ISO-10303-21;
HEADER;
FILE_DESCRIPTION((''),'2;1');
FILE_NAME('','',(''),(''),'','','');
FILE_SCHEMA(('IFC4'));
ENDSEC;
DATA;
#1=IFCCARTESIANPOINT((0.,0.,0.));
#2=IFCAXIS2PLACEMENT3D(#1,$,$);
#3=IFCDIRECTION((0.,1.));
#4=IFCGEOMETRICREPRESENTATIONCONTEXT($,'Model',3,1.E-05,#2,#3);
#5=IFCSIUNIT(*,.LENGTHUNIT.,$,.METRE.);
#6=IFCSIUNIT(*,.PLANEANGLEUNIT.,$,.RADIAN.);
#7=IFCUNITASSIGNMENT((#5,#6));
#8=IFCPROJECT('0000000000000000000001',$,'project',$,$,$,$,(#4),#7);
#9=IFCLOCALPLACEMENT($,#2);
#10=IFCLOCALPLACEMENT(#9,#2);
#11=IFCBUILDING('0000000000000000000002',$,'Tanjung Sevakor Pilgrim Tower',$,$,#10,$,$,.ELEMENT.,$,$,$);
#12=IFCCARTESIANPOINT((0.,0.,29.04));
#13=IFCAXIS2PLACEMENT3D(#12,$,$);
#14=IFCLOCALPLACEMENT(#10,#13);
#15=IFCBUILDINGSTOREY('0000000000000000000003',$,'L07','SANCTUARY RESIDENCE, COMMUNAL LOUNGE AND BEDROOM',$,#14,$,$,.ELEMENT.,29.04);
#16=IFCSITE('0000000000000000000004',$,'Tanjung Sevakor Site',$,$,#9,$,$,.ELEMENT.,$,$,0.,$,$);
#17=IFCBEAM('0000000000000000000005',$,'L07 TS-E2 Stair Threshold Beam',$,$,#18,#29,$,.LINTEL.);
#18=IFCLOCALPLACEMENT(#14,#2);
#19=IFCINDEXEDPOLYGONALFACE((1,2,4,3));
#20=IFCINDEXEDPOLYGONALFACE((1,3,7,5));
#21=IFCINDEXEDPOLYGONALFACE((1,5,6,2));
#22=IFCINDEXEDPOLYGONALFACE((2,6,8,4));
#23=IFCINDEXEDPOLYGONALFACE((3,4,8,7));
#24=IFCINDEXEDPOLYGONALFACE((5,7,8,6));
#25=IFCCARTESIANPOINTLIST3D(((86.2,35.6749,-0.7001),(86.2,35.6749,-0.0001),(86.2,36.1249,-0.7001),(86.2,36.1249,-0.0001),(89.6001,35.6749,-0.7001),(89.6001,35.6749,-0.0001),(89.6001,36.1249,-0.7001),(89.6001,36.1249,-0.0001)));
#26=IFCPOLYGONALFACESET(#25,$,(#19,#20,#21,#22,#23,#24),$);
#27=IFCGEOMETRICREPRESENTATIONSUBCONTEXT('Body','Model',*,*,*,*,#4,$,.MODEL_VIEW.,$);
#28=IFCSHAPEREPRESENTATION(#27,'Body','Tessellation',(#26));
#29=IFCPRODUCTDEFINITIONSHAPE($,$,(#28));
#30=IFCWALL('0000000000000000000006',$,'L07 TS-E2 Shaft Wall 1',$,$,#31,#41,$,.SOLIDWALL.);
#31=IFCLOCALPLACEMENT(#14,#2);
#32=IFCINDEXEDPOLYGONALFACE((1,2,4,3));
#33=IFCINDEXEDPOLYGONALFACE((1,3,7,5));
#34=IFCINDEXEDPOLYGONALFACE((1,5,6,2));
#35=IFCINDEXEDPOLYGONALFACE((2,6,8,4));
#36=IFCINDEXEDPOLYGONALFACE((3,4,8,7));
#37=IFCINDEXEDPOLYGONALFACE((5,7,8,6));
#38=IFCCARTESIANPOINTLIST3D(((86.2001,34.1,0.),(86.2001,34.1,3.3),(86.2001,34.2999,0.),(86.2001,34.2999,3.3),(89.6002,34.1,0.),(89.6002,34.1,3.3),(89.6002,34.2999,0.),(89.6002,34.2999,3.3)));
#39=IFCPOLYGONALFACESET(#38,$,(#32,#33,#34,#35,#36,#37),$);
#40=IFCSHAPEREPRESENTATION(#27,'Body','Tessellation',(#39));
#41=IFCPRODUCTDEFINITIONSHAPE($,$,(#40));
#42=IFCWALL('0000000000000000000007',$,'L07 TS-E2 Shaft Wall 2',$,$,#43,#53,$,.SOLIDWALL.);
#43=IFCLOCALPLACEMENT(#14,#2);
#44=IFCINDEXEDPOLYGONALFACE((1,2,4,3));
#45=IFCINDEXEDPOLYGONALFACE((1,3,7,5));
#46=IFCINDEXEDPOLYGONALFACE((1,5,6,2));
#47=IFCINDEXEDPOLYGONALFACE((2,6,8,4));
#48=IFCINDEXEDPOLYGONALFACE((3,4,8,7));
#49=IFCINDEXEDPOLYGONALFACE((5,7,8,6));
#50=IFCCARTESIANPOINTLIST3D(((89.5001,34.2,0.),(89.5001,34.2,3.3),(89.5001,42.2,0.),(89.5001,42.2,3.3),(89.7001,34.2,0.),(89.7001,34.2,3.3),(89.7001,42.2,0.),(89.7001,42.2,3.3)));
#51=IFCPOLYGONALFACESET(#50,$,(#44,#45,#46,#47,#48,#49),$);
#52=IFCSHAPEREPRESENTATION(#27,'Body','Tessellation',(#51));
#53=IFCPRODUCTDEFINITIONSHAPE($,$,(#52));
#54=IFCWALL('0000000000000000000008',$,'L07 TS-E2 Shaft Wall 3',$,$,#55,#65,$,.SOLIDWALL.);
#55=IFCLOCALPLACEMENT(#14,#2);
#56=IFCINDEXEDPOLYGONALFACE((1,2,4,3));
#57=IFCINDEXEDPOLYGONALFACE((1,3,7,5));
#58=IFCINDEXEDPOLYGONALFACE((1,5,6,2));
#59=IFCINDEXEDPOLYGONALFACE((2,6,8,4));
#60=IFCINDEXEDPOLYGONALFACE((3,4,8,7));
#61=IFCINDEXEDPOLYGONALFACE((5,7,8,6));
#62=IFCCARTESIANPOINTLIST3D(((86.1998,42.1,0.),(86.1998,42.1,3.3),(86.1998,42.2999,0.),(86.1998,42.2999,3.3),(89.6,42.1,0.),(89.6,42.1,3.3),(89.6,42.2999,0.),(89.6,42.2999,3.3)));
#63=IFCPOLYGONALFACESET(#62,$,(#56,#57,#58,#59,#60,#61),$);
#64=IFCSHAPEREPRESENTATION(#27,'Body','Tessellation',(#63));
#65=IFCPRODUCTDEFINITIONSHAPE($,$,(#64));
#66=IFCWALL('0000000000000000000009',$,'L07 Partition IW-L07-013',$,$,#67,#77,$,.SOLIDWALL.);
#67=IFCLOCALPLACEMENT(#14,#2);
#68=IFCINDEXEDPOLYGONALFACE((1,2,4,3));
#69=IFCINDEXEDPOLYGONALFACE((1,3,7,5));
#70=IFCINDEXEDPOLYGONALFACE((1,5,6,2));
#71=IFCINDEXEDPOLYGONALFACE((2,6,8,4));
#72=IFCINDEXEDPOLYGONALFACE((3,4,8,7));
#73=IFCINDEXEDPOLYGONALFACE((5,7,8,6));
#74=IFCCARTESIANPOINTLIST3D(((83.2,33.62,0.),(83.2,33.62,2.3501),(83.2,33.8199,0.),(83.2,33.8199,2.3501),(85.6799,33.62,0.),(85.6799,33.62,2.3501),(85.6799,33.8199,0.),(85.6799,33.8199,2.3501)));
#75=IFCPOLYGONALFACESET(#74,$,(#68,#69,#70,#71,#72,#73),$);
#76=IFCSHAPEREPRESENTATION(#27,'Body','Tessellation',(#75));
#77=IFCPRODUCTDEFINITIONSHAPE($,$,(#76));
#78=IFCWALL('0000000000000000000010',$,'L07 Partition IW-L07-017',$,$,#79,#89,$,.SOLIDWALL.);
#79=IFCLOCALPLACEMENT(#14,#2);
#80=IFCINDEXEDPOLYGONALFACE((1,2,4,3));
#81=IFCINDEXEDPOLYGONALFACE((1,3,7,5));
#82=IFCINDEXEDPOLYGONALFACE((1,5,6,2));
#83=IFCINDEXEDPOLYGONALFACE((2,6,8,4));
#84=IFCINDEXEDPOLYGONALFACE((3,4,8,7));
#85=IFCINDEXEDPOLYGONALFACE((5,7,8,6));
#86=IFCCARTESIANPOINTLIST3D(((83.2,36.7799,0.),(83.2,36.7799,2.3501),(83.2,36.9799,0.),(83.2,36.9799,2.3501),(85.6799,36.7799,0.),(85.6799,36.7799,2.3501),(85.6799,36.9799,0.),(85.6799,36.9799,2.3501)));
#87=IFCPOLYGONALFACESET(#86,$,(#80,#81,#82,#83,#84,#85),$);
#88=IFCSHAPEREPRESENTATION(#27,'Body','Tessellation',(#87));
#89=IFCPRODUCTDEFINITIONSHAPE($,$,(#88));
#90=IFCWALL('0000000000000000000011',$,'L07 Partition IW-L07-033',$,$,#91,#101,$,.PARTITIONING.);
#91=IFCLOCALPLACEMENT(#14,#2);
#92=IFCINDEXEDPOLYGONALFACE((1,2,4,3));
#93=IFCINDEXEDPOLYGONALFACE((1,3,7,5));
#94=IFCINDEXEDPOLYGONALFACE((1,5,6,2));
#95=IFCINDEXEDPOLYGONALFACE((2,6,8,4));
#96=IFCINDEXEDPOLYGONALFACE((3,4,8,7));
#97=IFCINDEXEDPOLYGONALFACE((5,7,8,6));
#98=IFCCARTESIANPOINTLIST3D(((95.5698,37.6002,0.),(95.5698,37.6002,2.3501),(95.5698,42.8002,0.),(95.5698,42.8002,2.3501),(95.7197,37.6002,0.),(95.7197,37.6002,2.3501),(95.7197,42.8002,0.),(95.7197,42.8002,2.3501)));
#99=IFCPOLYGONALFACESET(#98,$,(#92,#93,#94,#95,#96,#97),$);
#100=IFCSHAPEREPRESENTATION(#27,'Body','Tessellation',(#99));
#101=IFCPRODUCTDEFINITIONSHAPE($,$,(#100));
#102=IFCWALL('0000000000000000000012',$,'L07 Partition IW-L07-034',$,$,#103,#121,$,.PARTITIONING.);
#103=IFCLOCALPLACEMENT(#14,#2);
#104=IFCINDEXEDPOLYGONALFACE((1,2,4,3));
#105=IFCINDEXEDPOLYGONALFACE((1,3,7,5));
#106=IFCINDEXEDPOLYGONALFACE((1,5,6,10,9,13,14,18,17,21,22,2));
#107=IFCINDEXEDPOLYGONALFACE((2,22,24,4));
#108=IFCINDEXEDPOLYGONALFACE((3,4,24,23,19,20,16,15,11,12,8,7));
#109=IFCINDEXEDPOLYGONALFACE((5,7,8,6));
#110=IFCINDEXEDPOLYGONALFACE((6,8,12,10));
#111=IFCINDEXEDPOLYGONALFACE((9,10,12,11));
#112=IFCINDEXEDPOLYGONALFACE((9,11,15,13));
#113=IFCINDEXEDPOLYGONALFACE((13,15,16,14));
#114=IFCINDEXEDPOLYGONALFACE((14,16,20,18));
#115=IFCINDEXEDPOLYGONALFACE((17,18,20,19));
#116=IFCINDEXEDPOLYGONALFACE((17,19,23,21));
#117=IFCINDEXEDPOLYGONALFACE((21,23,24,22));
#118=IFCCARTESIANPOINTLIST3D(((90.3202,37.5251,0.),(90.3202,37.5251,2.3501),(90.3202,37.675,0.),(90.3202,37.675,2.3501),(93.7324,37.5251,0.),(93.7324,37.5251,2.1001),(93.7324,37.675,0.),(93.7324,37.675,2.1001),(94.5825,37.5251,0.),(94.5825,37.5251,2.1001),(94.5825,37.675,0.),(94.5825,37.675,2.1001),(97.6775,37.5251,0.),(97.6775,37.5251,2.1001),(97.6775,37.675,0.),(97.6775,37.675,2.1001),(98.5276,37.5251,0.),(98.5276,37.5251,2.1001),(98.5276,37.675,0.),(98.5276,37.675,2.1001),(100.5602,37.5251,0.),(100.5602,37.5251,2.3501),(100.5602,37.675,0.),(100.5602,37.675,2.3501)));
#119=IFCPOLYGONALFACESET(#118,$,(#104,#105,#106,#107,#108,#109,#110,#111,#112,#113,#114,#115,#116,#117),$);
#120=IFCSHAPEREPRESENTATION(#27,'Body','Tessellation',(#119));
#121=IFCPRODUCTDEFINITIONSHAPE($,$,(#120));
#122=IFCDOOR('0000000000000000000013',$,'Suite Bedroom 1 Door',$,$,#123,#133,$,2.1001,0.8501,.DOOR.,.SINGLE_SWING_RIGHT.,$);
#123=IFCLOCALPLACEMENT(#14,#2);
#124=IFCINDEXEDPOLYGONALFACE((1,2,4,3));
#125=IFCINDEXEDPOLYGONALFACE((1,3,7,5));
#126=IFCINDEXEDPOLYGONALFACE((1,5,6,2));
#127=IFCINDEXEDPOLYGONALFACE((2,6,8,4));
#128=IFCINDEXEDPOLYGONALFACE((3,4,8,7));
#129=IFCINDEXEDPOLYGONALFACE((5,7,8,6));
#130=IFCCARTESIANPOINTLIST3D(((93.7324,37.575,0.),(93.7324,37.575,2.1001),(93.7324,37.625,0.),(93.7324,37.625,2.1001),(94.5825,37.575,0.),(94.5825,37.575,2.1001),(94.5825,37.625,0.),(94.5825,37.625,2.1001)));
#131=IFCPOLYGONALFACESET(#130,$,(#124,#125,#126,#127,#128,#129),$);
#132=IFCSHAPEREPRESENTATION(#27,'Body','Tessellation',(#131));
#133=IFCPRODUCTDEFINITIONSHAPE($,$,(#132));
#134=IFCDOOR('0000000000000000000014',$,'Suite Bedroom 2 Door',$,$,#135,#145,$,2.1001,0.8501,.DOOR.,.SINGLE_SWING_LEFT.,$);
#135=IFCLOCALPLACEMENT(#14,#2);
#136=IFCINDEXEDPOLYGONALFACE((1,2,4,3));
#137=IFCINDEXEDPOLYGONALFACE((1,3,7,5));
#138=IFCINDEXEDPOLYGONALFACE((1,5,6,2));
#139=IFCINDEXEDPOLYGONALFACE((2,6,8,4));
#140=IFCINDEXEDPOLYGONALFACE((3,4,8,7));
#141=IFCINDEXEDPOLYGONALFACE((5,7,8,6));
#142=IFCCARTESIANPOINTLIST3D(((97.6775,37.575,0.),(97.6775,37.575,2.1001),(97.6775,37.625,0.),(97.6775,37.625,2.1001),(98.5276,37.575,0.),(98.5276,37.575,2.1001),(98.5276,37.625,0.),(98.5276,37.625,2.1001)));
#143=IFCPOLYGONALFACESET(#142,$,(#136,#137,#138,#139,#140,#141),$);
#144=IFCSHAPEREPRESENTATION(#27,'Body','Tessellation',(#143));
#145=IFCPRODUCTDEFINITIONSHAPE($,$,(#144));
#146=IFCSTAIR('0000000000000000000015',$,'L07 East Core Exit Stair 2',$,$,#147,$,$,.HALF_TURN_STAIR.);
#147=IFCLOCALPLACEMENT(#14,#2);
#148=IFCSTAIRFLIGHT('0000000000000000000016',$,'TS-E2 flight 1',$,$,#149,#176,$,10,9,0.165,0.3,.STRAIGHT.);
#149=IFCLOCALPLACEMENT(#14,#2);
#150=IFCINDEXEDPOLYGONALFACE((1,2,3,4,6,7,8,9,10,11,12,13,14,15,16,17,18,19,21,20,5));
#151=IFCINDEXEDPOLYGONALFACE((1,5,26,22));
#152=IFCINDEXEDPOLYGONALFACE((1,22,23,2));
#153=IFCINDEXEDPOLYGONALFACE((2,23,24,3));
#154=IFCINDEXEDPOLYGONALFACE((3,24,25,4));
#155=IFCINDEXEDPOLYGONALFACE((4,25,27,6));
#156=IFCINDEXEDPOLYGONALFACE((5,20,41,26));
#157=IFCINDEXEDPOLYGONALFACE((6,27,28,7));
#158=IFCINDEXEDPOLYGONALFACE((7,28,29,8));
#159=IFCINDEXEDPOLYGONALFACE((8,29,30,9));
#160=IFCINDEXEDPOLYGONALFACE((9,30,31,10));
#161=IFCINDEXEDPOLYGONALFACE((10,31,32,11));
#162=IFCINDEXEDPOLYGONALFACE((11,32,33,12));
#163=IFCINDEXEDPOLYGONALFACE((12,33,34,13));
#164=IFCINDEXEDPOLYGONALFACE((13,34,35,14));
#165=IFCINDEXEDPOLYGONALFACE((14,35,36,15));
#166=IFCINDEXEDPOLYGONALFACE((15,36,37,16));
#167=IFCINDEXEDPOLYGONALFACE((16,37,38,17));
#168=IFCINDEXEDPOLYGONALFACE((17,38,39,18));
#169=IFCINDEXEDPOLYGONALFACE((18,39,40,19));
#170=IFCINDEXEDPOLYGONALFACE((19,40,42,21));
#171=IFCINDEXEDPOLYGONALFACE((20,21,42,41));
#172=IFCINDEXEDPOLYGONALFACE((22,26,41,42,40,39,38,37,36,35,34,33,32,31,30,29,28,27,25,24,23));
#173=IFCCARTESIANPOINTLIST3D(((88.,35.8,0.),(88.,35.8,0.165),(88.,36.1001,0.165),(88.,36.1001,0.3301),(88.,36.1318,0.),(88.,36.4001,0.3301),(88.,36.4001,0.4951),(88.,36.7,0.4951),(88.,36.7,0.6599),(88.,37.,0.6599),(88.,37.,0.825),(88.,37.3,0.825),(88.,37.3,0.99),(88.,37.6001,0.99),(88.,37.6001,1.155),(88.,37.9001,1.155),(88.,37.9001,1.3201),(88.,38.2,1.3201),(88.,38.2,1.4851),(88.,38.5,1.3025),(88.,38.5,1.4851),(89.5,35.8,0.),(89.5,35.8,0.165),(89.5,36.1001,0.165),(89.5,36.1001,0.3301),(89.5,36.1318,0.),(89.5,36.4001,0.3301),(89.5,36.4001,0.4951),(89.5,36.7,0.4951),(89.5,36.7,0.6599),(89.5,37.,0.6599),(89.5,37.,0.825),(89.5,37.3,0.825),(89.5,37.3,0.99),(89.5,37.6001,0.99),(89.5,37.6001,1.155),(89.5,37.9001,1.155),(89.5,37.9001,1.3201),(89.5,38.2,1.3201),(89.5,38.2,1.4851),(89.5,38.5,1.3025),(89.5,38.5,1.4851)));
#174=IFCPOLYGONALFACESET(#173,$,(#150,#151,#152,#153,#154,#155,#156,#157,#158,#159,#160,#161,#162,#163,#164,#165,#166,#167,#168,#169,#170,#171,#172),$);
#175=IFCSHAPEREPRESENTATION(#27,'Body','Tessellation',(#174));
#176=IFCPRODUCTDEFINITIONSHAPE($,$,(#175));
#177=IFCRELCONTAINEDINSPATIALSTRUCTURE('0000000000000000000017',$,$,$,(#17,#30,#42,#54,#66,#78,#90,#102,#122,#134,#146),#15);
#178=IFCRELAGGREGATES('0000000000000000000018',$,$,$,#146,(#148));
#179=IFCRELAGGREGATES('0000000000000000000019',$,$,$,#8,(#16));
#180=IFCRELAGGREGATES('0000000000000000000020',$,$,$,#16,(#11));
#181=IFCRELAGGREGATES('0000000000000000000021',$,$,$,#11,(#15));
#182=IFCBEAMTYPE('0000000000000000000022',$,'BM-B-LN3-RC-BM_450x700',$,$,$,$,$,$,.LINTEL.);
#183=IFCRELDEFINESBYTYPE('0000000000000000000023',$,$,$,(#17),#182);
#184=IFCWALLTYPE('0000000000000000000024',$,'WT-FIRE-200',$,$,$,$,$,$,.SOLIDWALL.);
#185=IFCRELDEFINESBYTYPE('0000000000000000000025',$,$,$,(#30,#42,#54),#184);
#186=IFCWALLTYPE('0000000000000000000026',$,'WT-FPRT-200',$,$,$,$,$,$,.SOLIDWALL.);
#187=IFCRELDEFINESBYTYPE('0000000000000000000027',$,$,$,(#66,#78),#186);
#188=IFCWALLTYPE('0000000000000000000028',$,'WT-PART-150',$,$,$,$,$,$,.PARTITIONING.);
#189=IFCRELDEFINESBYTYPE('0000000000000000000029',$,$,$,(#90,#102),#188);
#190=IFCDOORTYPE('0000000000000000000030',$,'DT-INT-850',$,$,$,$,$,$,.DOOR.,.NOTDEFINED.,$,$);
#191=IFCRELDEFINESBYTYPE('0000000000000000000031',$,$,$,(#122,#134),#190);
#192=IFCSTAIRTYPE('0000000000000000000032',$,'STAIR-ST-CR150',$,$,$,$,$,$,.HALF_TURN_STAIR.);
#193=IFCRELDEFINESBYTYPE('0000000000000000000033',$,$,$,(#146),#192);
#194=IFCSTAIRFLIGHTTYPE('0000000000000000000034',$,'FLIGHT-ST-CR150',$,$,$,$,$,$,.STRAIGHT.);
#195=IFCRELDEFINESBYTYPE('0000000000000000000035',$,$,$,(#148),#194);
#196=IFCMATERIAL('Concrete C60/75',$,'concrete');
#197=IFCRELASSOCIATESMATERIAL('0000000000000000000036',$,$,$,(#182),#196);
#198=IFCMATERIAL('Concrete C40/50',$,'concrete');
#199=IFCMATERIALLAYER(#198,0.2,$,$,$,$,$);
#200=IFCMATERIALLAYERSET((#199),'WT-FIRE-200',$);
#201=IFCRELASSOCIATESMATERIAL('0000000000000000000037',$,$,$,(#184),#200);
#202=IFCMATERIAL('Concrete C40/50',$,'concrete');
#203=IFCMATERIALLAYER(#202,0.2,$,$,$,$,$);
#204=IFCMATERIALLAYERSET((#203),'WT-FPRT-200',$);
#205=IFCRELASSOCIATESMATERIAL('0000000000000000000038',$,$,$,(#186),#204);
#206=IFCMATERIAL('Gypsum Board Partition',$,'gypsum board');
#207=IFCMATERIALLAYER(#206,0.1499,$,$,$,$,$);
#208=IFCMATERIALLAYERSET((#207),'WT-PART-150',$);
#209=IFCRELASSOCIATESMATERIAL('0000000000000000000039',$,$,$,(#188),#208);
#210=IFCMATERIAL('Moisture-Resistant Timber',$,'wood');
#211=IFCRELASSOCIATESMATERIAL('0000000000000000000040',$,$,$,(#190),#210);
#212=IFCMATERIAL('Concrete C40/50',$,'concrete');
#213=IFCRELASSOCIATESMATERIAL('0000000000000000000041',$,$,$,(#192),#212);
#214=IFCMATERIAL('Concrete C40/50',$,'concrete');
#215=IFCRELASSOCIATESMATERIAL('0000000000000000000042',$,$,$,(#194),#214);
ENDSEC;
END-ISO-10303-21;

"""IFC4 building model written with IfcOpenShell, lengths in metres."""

from ifc_helpers import new_model, si_unit, direction, frame, frame_2d, origin, origin_2d, place, context, subcontext, project, spatial, polyline, rectangle, outline, extrude, material, layer, layer_set, material_profile, profile_set, type_object, element, fill, aggregate, save


model = new_model("IFC4")

# Units and contexts
model_context = context("Model", 3, precision=1e-05, world=origin(), true_north=direction((0.0, 1.0)))
body_context = subcontext(model_context, "Body", "Model", "MODEL_VIEW")
ifc_project = project(units=[si_unit("LENGTHUNIT", "METRE"), si_unit("PLANEANGLEUNIT", "RADIAN")], contexts=[model_context])

# Site, building, storey
site_placement = place(None, origin())
site = spatial("IfcSite", under=ifc_project, at=site_placement, Name="Tanjung Sevakor Site", CompositionType="ELEMENT", RefElevation=0.0)
building_placement = place(site_placement, origin())
building = spatial("IfcBuilding", under=site, at=building_placement, Name="Tanjung Sevakor Pilgrim Tower", CompositionType="ELEMENT")
storey_placement = place(building_placement, frame((0.0, 0.0, 29.04)))
storey = spatial("IfcBuildingStorey", under=building, at=storey_placement, Name="L07", Description="SANCTUARY RESIDENCE, COMMUNAL LOUNGE AND BEDROOM", CompositionType="ELEMENT", Elevation=29.04)

# Beam
ifc_material_1 = material(Name="Concrete C60/75", Category="concrete")
ifc_material_profile = material_profile(ifc_material_1, rectangle(XDim=0.45, YDim=0.7, at=origin_2d()))
ifc_profile_set = profile_set([ifc_material_profile], Name="Concrete C60/75")
beam_type = type_object("IfcBeamType", Name="BM-B-LN3-RC-BM_450x700", PredefinedType="LINTEL", material=ifc_profile_set)
beam_placement = place(storey_placement, frame((86.2, 35.8999, -0.3501), z_axis=(1.0, 0.0, 0.0), x_axis=(0.0, 1.0, 0.0)))
element("IfcBeam", 1, at=beam_placement, inside=storey, type_object=beam_type, Name="L07 TS-E2 Stair Threshold Beam", PredefinedType="LINTEL", context=body_context, shape_type="SweptSolid", body=[
    extrude(rectangle(XDim=0.45, YDim=0.7, at=origin_2d()), origin(), (0.0, 0.0, 1.0), 3.4001),
])

# Walls
ifc_material_2 = material(Name="Concrete C40/50", Category="concrete")
ifc_layer_1 = layer(ifc_material_2, 0.2)
ifc_layer_set_1 = layer_set([ifc_layer_1], Name="WT-FIRE-200")
wall_type_1 = type_object("IfcWallType", Name="WT-FIRE-200", PredefinedType="SOLIDWALL", material=ifc_layer_set_1)
wall_1_placement = place(storey_placement, frame((86.2, 34.2, 0.0), z_axis=(0.0, 0.0, 1.0), x_axis=(1.0, 0.0, 0.0)))
element("IfcWall", 2, at=wall_1_placement, inside=storey, type_object=wall_type_1, Name="L07 TS-E2 Shaft Wall 1", PredefinedType="SOLIDWALL", context=body_context, shape_type="SweptSolid", body=[
    extrude(rectangle(XDim=3.4001, YDim=0.2, at=frame_2d((1.7002, 0.0))), origin(), (0.0, 0.0, 1.0), 3.3),
])
wall_2_placement = place(storey_placement, frame((89.6001, 34.2, 0.0), z_axis=(0.0, 0.0, 1.0), x_axis=(0.0, 1.0, 0.0)))
element("IfcWall", 3, at=wall_2_placement, inside=storey, type_object=wall_type_1, Name="L07 TS-E2 Shaft Wall 2", PredefinedType="SOLIDWALL", context=body_context, shape_type="SweptSolid", body=[
    extrude(rectangle(XDim=8.0, YDim=0.2, at=frame_2d((4.0, 0.0))), origin(), (0.0, 0.0, 1.0), 3.3),
])
wall_3_placement = place(storey_placement, frame((89.6001, 42.2, 0.0), z_axis=(0.0, 0.0, 1.0), x_axis=(-1.0, 0.0, 0.0)))
element("IfcWall", 4, at=wall_3_placement, inside=storey, type_object=wall_type_1, Name="L07 TS-E2 Shaft Wall 3", PredefinedType="SOLIDWALL", context=body_context, shape_type="SweptSolid", body=[
    extrude(rectangle(XDim=3.4001, YDim=0.2, at=frame_2d((1.7002, 0.0))), origin(), (0.0, 0.0, 1.0), 3.3),
])
ifc_material_3 = material(Name="Concrete C40/50", Category="concrete")
ifc_layer_2 = layer(ifc_material_3, 0.2)
ifc_layer_set_2 = layer_set([ifc_layer_2], Name="WT-FPRT-200")
wall_type_2 = type_object("IfcWallType", Name="WT-FPRT-200", PredefinedType="SOLIDWALL", material=ifc_layer_set_2)
for number, where, z_axis, x_axis, name in (
    (5, (83.2, 33.72, 0.0), (0.0, 0.0, 1.0), (1.0, 0.0, 0.0), "L07 Partition IW-L07-013"),
    (6, (83.2, 36.8799, 0.0), (0.0, 0.0, 1.0), (1.0, 0.0, 0.0), "L07 Partition IW-L07-017"),
):
    element("IfcWall", number, at=place(storey_placement, frame(where, z_axis=z_axis, x_axis=x_axis)), inside=storey, type_object=wall_type_2, Name=name, PredefinedType="SOLIDWALL", context=body_context, shape_type="SweptSolid", body=[
        extrude(rectangle(XDim=2.48, YDim=0.2, at=frame_2d((1.24, 0.0))), origin(), (0.0, 0.0, 1.0), 2.3501),
    ])
ifc_material_4 = material(Name="Gypsum Board Partition", Category="gypsum board")
ifc_layer_3 = layer(ifc_material_4, 0.1499)
ifc_layer_set_3 = layer_set([ifc_layer_3], Name="WT-PART-150")
wall_type_3 = type_object("IfcWallType", Name="WT-PART-150", PredefinedType="PARTITIONING", material=ifc_layer_set_3)
wall_4_placement = place(storey_placement, frame((95.6448, 37.6001, 0.0), z_axis=(0.0, 0.0, 1.0), x_axis=(0.0, 1.0, 0.0)))
element("IfcWall", 7, at=wall_4_placement, inside=storey, type_object=wall_type_3, Name="L07 Partition IW-L07-033", PredefinedType="PARTITIONING", context=body_context, shape_type="SweptSolid", body=[
    extrude(rectangle(XDim=5.2, YDim=0.1499, at=frame_2d((2.6001, 0.0))), origin(), (0.0, 0.0, 1.0), 2.3501),
])

# Wall, openings, doors
wall_5_placement = place(storey_placement, frame((90.3201, 37.6001, 0.0), z_axis=(0.0, 0.0, 1.0), x_axis=(1.0, 0.0, 0.0)))
wall_5 = element("IfcWall", 8, at=wall_5_placement, inside=storey, type_object=wall_type_3, Name="L07 Partition IW-L07-034", PredefinedType="PARTITIONING", context=body_context, shape_type="SweptSolid", body=[
    extrude(rectangle(XDim=10.24, YDim=0.1499, at=frame_2d((5.1201, 0.0))), origin(), (0.0, 0.0, 1.0), 2.3501),
])
opening_1_placement = place(wall_5_placement, frame((3.4124, 0.0, 0.0)))
opening_1 = element("IfcOpeningElement", 9, at=opening_1_placement, cuts=wall_5, PredefinedType="OPENING", context=body_context, shape_type="SweptSolid", body=[
    extrude(rectangle(XDim=0.8501, YDim=2.1001, at=frame_2d((0.425, 1.05))), frame((0.0, 0.085, 0.0), z_axis=(0.0, -1.0, 0.0), x_axis=(1.0, 0.0, 0.0)), (0.0, 0.0, 1.0), 0.1699),
])
opening_2_placement = place(wall_5_placement, frame((7.3574, 0.0, 0.0)))
opening_2 = element("IfcOpeningElement", 10, at=opening_2_placement, cuts=wall_5, PredefinedType="OPENING", context=body_context, shape_type="SweptSolid", body=[
    extrude(rectangle(XDim=0.8501, YDim=2.1001, at=frame_2d((0.425, 1.05))), frame((0.0, 0.085, 0.0), z_axis=(0.0, -1.0, 0.0), x_axis=(1.0, 0.0, 0.0)), (0.0, 0.0, 1.0), 0.1699),
])
ifc_material_5 = material(Name="Moisture-Resistant Timber", Category="wood")
door_type = type_object("IfcDoorType", Name="DT-INT-850", OperationType="NOTDEFINED", PredefinedType="DOOR", material=ifc_material_5)
door_1_placement = place(opening_1_placement, origin())
door_1 = element("IfcDoor", 11, at=door_1_placement, inside=storey, type_object=door_type, Name="Suite Bedroom 1 Door", OperationType="SINGLE_SWING_RIGHT", OverallHeight=2.1001, OverallWidth=0.8501, PredefinedType="DOOR", context=body_context, shape_type="SweptSolid", body=[
    extrude(rectangle(XDim=0.8501, YDim=2.1001, at=frame_2d((0.425, 1.05))), frame((0.0, 0.0249, 0.0), z_axis=(0.0, -1.0, 0.0), x_axis=(1.0, 0.0, 0.0)), (0.0, 0.0, 1.0), 0.05),
])
fill(opening_1, door_1)
door_2_placement = place(opening_2_placement, origin())
door_2 = element("IfcDoor", 12, at=door_2_placement, inside=storey, type_object=door_type, Name="Suite Bedroom 2 Door", OperationType="SINGLE_SWING_LEFT", OverallHeight=2.1001, OverallWidth=0.8501, PredefinedType="DOOR", context=body_context, shape_type="SweptSolid", body=[
    extrude(rectangle(XDim=0.8501, YDim=2.1001, at=frame_2d((0.425, 1.05))), frame((0.0, 0.0249, 0.0), z_axis=(0.0, -1.0, 0.0), x_axis=(1.0, 0.0, 0.0)), (0.0, 0.0, 1.0), 0.05),
])
fill(opening_2, door_2)

# Stair, stair flight
ifc_material_6 = material(Name="Concrete C40/50", Category="concrete")
stair_type = type_object("IfcStairType", Name="STAIR-ST-CR150", PredefinedType="HALF_TURN_STAIR", material=ifc_material_6)
stair_placement = place(storey_placement, origin())
stair = element("IfcStair", 13, at=stair_placement, inside=storey, type_object=stair_type, Name="L07 East Core Exit Stair 2", PredefinedType="HALF_TURN_STAIR")
ifc_material_7 = material(Name="Concrete C40/50", Category="concrete")
stair_flight_type = type_object("IfcStairFlightType", Name="FLIGHT-ST-CR150", PredefinedType="STRAIGHT", material=ifc_material_7)
stair_flight_1_placement = place(storey_placement, frame((88.75, 35.8, 0.0), z_axis=(0.0, 0.0, 1.0), x_axis=(0.0, 1.0, 0.0)))
stair_flight_1 = element("IfcStairFlight", 14, at=stair_flight_1_placement, type_object=stair_flight_type, Name="TS-E2 flight 1", NumberOfRisers=10, NumberOfTreads=9, PredefinedType="STRAIGHT", RiserHeight=0.165, TreadLength=0.3, context=body_context, shape_type="SweptSolid", body=[
    extrude(outline(polyline([(0.0, 0.0), (0.0, 0.165), (0.3, 0.165), (0.3, 0.3301), (0.6001, 0.3301), (0.6001, 0.4951), (0.8999, 0.4951), (0.8999, 0.6599), (1.2, 0.6599), (1.2, 0.825), (1.5, 0.825), (1.5, 0.99), (1.8, 0.99), (1.8, 1.155), (2.1001, 1.155), (2.1001, 1.3201), (2.3999, 1.3201), (2.3999, 1.4851), (2.7, 1.4851), (2.7, 1.6499), (2.7, 1.3025), (0.3318, 0.0), (0.0, 0.0)])), frame((0.0, 0.75, 0.0), z_axis=(0.0, -1.0, 0.0), x_axis=(1.0, 0.0, 0.0)), (0.0, 0.0, 1.0), 1.5),
])
aggregate(stair, [stair_flight_1])

save(model, "model.ifc")
